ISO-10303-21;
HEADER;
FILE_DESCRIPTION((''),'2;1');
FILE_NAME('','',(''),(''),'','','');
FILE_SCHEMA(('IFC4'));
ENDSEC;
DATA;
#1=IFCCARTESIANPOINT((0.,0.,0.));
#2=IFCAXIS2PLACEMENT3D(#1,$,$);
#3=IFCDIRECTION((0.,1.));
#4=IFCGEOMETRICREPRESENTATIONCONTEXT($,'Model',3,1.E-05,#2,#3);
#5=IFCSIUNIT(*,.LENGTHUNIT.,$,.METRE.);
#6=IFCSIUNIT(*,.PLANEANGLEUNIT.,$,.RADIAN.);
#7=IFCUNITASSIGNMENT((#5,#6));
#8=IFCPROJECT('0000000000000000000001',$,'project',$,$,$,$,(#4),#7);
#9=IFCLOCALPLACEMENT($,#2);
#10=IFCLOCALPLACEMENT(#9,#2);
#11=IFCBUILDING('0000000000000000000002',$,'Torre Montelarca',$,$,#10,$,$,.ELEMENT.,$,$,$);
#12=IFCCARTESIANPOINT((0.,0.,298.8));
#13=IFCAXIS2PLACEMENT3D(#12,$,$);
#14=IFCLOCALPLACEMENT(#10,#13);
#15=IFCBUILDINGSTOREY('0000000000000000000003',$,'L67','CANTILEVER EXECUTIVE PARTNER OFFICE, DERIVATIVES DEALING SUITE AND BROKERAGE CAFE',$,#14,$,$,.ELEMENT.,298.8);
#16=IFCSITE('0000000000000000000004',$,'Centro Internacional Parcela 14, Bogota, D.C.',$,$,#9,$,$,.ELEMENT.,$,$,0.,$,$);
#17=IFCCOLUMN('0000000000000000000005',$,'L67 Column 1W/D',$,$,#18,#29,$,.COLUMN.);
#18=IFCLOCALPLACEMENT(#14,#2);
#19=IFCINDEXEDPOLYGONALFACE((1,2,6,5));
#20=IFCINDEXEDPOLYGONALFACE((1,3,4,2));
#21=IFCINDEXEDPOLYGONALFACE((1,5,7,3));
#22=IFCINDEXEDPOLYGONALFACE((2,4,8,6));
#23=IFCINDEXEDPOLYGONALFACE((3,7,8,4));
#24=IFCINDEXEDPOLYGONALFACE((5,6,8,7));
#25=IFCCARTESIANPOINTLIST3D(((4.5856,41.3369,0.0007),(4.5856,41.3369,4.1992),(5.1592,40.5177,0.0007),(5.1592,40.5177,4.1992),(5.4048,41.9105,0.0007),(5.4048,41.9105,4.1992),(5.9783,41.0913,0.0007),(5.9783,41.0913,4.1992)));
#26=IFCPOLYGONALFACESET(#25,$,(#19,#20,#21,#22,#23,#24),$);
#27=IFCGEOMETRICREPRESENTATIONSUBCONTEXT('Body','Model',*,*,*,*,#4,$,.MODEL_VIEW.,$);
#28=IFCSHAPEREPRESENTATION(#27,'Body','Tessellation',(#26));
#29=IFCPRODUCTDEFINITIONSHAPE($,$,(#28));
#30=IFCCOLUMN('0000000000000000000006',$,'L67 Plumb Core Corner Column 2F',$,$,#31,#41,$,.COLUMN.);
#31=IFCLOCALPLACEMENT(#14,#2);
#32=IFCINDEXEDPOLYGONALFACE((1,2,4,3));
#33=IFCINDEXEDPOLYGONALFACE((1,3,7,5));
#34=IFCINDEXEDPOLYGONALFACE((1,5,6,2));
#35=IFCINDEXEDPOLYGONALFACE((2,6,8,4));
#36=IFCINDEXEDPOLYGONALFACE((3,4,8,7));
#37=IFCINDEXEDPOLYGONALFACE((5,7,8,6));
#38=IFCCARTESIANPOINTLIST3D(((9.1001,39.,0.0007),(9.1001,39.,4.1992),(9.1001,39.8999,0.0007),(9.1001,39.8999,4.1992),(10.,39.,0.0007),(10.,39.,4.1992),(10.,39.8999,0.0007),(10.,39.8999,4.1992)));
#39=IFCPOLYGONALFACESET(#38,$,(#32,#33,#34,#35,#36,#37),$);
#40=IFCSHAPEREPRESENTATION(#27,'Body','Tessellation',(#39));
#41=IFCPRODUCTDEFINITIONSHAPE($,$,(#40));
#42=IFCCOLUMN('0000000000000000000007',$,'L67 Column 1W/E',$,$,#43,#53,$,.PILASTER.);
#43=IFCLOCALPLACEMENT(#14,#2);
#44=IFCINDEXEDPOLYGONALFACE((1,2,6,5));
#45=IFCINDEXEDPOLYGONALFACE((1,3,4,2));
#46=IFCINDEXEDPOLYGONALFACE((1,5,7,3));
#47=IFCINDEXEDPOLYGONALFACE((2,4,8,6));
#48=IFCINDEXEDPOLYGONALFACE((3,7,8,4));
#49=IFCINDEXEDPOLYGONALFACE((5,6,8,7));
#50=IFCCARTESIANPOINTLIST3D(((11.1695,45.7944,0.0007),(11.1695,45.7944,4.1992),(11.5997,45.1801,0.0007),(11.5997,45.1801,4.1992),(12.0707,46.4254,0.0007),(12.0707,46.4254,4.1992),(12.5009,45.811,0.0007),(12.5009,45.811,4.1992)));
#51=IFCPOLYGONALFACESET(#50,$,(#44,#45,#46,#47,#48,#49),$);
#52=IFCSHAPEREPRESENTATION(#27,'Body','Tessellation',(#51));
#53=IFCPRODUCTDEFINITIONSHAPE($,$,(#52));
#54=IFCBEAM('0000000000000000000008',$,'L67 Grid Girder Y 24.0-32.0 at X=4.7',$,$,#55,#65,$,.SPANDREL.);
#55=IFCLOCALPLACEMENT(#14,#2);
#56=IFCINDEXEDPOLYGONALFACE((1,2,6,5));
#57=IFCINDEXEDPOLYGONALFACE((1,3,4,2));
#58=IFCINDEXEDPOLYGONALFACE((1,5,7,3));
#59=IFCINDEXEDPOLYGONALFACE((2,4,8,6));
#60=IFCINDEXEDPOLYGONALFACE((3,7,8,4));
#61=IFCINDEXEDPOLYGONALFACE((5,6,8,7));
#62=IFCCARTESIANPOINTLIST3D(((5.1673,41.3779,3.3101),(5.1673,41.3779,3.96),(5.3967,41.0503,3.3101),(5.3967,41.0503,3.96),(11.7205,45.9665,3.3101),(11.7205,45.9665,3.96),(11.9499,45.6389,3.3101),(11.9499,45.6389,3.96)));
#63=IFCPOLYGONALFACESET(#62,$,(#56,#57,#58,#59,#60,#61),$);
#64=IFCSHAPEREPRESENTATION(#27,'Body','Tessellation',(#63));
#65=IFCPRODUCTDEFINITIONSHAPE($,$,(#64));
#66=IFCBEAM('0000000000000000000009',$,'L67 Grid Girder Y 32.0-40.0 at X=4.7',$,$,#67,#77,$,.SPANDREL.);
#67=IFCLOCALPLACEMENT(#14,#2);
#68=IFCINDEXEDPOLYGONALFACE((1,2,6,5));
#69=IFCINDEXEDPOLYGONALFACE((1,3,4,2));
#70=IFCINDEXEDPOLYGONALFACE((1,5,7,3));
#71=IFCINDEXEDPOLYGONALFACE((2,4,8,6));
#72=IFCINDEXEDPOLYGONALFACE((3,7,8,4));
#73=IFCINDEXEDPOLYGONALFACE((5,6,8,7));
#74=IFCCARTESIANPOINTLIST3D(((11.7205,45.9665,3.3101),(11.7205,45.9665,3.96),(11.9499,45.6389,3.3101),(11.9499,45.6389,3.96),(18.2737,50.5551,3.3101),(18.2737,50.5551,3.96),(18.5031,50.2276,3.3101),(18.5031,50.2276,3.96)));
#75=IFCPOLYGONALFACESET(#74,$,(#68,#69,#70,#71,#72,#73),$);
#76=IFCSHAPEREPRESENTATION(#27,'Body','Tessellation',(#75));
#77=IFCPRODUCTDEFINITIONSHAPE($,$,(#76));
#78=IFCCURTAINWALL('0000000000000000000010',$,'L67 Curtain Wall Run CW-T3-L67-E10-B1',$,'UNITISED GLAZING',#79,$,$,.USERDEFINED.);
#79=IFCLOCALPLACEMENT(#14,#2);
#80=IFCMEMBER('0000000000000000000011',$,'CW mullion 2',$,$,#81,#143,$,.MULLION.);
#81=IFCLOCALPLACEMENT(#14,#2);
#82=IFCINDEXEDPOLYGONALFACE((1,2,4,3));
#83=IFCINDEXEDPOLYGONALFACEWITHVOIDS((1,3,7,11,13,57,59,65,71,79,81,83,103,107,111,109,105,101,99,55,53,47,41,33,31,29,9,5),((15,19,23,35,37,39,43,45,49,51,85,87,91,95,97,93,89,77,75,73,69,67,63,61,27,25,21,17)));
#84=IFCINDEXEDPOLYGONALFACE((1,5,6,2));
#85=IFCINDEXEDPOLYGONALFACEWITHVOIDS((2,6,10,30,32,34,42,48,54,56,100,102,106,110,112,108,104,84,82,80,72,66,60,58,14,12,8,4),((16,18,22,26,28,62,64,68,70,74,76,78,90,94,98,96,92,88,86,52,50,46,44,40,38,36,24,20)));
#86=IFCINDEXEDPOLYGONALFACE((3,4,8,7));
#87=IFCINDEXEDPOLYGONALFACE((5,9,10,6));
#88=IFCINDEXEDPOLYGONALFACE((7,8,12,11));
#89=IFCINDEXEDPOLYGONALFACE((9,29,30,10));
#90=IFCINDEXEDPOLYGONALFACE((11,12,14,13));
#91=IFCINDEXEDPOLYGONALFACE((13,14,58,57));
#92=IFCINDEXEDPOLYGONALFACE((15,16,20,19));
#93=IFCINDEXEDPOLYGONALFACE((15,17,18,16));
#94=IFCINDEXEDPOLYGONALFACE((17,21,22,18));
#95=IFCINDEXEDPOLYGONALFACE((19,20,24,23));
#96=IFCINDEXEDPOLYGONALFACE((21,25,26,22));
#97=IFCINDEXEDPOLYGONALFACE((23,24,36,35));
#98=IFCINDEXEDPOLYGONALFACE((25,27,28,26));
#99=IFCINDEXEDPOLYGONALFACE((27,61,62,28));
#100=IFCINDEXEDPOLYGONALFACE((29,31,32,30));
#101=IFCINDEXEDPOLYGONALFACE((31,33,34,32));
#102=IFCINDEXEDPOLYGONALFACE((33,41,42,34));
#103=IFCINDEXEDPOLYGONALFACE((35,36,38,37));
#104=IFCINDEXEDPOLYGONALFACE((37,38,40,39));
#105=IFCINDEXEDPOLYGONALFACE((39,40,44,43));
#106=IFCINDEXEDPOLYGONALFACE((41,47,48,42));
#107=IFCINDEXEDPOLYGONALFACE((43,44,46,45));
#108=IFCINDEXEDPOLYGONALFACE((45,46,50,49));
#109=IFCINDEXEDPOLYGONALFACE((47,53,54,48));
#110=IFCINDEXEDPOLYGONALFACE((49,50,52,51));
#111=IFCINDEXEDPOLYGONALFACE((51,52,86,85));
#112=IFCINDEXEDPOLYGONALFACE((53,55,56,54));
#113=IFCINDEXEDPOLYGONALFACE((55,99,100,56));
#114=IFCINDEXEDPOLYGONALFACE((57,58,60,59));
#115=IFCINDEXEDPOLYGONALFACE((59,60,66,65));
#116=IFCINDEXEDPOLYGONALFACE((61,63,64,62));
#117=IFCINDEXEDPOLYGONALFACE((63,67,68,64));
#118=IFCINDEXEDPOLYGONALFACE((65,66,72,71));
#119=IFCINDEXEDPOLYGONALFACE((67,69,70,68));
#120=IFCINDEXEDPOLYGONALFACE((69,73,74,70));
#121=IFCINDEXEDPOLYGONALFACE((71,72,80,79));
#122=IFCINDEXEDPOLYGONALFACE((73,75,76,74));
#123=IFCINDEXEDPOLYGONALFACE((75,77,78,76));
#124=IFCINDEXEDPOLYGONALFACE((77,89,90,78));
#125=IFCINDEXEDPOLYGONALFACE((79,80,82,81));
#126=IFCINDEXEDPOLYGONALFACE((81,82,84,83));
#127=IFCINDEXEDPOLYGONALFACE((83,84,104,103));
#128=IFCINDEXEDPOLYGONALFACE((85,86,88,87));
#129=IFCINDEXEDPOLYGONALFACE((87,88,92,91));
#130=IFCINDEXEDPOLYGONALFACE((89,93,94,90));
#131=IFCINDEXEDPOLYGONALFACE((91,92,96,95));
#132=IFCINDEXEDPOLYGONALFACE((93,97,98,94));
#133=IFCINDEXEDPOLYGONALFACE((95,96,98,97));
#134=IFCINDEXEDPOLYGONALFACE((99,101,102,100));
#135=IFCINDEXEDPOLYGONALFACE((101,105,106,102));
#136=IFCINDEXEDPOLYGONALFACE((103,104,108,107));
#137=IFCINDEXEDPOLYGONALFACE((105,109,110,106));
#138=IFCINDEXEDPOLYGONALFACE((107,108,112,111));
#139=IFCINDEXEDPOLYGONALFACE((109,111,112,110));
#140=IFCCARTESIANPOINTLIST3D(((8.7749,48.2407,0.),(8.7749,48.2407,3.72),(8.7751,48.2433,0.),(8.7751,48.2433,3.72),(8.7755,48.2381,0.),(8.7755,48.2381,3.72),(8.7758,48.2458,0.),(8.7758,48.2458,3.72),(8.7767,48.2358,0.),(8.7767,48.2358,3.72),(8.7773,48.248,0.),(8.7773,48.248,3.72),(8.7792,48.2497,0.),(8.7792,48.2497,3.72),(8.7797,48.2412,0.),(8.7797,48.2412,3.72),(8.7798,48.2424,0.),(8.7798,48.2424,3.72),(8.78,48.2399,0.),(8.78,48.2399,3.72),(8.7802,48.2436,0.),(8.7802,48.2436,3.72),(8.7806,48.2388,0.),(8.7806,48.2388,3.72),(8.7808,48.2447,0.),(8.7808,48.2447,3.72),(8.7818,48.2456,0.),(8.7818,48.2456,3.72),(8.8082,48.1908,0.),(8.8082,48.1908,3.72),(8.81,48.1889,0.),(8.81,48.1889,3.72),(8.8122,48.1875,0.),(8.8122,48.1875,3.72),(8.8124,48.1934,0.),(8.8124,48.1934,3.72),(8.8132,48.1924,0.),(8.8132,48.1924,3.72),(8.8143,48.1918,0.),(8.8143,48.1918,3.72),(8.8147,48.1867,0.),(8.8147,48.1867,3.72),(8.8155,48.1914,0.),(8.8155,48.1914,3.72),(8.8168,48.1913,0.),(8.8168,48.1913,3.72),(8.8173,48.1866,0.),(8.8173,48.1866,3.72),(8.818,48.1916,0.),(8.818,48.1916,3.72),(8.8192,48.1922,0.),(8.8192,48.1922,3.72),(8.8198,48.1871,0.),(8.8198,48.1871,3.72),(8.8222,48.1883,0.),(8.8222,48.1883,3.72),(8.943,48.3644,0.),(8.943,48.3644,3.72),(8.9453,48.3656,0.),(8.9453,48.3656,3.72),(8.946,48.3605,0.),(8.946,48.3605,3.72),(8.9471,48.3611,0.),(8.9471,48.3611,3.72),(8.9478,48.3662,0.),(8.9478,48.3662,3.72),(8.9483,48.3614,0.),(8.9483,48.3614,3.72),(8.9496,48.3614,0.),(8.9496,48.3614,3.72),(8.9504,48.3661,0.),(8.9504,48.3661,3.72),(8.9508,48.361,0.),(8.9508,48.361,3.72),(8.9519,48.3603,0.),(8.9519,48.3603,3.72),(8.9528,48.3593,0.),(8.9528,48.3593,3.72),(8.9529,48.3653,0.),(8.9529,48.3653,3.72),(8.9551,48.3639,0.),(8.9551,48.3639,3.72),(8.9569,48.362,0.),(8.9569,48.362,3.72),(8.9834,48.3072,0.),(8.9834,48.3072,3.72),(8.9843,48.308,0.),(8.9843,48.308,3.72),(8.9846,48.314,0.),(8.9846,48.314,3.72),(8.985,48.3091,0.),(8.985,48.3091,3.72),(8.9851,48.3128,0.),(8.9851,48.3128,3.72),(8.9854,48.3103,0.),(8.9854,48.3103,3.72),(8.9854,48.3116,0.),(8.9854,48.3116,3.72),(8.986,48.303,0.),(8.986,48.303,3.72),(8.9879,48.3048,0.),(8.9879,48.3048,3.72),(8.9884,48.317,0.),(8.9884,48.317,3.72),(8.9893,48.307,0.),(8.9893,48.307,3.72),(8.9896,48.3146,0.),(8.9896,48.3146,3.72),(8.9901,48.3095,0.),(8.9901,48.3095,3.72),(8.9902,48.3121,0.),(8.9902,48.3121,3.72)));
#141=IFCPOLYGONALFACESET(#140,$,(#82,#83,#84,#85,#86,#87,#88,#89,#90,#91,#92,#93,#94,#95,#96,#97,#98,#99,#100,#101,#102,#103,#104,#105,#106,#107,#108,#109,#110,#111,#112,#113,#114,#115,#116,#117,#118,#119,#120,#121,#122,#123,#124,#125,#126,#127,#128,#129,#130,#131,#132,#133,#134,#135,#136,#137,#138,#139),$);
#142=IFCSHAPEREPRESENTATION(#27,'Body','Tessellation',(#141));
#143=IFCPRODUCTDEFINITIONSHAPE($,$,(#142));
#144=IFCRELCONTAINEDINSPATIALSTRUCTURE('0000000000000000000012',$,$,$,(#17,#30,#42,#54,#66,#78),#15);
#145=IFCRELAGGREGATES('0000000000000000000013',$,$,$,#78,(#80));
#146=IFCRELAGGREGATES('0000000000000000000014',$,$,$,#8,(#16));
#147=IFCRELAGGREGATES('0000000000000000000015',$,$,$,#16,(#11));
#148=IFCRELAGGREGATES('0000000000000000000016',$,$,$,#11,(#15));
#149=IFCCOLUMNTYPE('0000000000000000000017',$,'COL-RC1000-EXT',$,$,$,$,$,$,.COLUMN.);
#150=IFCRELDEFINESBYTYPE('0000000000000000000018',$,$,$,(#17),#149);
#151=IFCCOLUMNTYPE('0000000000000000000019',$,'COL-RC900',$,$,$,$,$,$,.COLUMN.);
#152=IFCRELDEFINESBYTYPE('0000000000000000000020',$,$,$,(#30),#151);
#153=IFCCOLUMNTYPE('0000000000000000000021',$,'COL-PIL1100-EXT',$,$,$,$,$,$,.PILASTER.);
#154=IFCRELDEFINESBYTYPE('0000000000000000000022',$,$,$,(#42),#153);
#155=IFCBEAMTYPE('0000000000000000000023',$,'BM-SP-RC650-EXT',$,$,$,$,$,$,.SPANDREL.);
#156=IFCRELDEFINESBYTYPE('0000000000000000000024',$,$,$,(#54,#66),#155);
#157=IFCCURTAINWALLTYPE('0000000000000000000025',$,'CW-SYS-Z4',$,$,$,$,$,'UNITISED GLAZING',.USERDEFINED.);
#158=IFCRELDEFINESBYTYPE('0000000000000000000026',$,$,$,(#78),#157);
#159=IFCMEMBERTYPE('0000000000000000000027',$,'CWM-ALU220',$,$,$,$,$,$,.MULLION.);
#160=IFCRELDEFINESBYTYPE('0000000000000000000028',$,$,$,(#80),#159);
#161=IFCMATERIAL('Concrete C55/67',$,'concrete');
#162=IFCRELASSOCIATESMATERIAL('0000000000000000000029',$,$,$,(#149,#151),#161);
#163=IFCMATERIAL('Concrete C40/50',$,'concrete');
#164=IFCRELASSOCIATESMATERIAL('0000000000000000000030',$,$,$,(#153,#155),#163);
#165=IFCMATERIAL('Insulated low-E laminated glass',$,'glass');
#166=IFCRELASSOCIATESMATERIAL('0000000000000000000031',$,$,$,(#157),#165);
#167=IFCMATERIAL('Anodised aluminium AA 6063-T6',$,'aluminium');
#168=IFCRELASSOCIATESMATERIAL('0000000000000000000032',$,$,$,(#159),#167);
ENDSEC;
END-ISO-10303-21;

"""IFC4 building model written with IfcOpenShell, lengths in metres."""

from ifc_helpers import new_model, si_unit, direction, frame, origin, origin_2d, place, context, subcontext, project, spatial, rectangle, hollow_rectangle, extrude, source, transform, mapped, material, material_profile, profile_set, type_object, element, aggregate, save


model = new_model("IFC4")

# Units and contexts
model_context = context("Model", 3, precision=1e-05, world=origin(), true_north=direction((0.0, 1.0)))
body_context = subcontext(model_context, "Body", "Model", "MODEL_VIEW")
ifc_project = project(units=[si_unit("LENGTHUNIT", "METRE"), si_unit("PLANEANGLEUNIT", "RADIAN")], contexts=[model_context])

# Site, building, storey
site_placement = place(None, origin())
site = spatial("IfcSite", under=ifc_project, at=site_placement, Name="Centro Internacional Parcela 14, Bogota, D.C.", CompositionType="ELEMENT", RefElevation=0.0)
building_placement = place(site_placement, origin())
building = spatial("IfcBuilding", under=site, at=building_placement, Name="Torre Montelarca", CompositionType="ELEMENT")
storey_placement = place(building_placement, frame((0.0, 0.0, 298.8)))
storey = spatial("IfcBuildingStorey", under=building, at=storey_placement, Name="L67", Description="CANTILEVER EXECUTIVE PARTNER OFFICE, DERIVATIVES DEALING SUITE AND BROKERAGE CAFE", CompositionType="ELEMENT", Elevation=298.8)

# Columns
ifc_material_1 = material(Name="Concrete C55/67", Category="concrete")
ifc_material_profile_1 = material_profile(ifc_material_1, rectangle(XDim=1.0, YDim=1.0, at=origin_2d()), Name="RC1000X1000", Category="concrete")
ifc_profile_set_1 = profile_set([ifc_material_profile_1], Name="Concrete C55/67")
column_type_1 = type_object("IfcColumnType", Name="COL-RC1000-EXT", PredefinedType="COLUMN", material=ifc_profile_set_1)
shared_shape_1 = source(origin(), body_context, "Body", "SweptSolid", [
    extrude(rectangle(XDim=1.0, YDim=1.0, at=origin_2d()), origin(), (0.0, 0.0, 1.0), 4.1985),
])
column_1_placement = place(storey_placement, frame((5.282, 41.2141, 0.0007), z_axis=(0.0, 0.0, 1.0), x_axis=(-0.573576, 0.819152, 0.0)))
element("IfcColumn", 1, at=column_1_placement, inside=storey, type_object=column_type_1, Name="L67 Column 1W/D", PredefinedType="COLUMN", context=body_context, shape_type="MappedRepresentation", body=[
    mapped(shared_shape_1, transform((0.0, 0.0, 0.0), scale=1.0)),
])
ifc_material_profile_2 = material_profile(ifc_material_1, rectangle(XDim=0.8999, YDim=0.8999, at=origin_2d()), Name="RC900X900", Category="concrete")
ifc_profile_set_2 = profile_set([ifc_material_profile_2], Name="Concrete C55/67")
column_type_2 = type_object("IfcColumnType", Name="COL-RC900", PredefinedType="COLUMN", material=ifc_profile_set_2)
shared_shape_2 = source(origin(), body_context, "Body", "SweptSolid", [
    extrude(rectangle(XDim=0.8999, YDim=0.8999, at=origin_2d()), origin(), (0.0, 0.0, 1.0), 4.1985),
])
column_2_placement = place(storey_placement, frame((9.55, 39.45, 0.0007), z_axis=(0.0, 0.0, 1.0), x_axis=(1.0, 0.0, 0.0)))
element("IfcColumn", 2, at=column_2_placement, inside=storey, type_object=column_type_2, Name="L67 Plumb Core Corner Column 2F", PredefinedType="COLUMN", context=body_context, shape_type="MappedRepresentation", body=[
    mapped(shared_shape_2, transform((0.0, 0.0, 0.0), scale=1.0)),
])
ifc_material_2 = material(Name="Concrete C40/50", Category="concrete")
ifc_material_profile_3 = material_profile(ifc_material_2, rectangle(XDim=0.75, YDim=1.1001, at=origin_2d()), Name="RC1100X750", Category="concrete")
ifc_profile_set_3 = profile_set([ifc_material_profile_3], Name="Concrete C40/50")
column_type_3 = type_object("IfcColumnType", Name="COL-PIL1100-EXT", PredefinedType="PILASTER", material=ifc_profile_set_3)
shared_shape_3 = source(origin(), body_context, "Body", "SweptSolid", [
    extrude(rectangle(XDim=0.75, YDim=1.1001, at=origin_2d()), origin(), (0.0, 0.0, 1.0), 4.1985),
])
column_3_placement = place(storey_placement, frame((11.8352, 45.8027, 0.0007), z_axis=(0.0, 0.0, 1.0), x_axis=(-0.573576, 0.819152, 0.0)))
element("IfcColumn", 3, at=column_3_placement, inside=storey, type_object=column_type_3, Name="L67 Column 1W/E", PredefinedType="PILASTER", context=body_context, shape_type="MappedRepresentation", body=[
    mapped(shared_shape_3, transform((0.0, 0.0, 0.0), scale=1.0)),
])

# Beams
ifc_material_profile_4 = material_profile(ifc_material_2, rectangle(XDim=0.3999, YDim=0.6499, at=origin_2d()), Name="RCB400X650", Category="concrete")
ifc_profile_set_4 = profile_set([ifc_material_profile_4], Name="Concrete C40/50")
beam_type = type_object("IfcBeamType", Name="BM-SP-RC650-EXT", PredefinedType="SPANDREL", material=ifc_profile_set_4)
shared_shape_4 = source(origin(), body_context, "Body", "SweptSolid", [
    extrude(rectangle(XDim=0.3999, YDim=0.6499, at=origin_2d()), origin(), (0.0, 0.0, 1.0), 8.0),
])
for number, where, z_axis, x_axis, name in (
    (4, (5.282, 41.2141, 3.635), (0.819152, 0.573577, 0.0), (-0.573577, 0.819152, 0.0), "L67 Grid Girder Y 24.0-32.0 at X=4.7"),
    (5, (11.8352, 45.8027, 3.635), (0.819152, 0.573577, 0.0), (-0.573577, 0.819152, 0.0), "L67 Grid Girder Y 32.0-40.0 at X=4.7"),
):
    element("IfcBeam", number, at=place(storey_placement, frame(where, z_axis=z_axis, x_axis=x_axis)), inside=storey, type_object=beam_type, Name=name, PredefinedType="SPANDREL", context=body_context, shape_type="MappedRepresentation", body=[
        mapped(shared_shape_4, transform((0.0, 0.0, 0.0), scale=1.0)),
    ])

# Curtain wall, member
ifc_material_3 = material(Name="Insulated low-E laminated glass", Category="glass")
curtain_wall_type = type_object("IfcCurtainWallType", Name="CW-SYS-Z4", ElementType="UNITISED GLAZING", PredefinedType="USERDEFINED", material=ifc_material_3)
curtain_wall_1_placement = place(storey_placement, origin())
curtain_wall_1 = element("IfcCurtainWall", 6, at=curtain_wall_1_placement, inside=storey, type_object=curtain_wall_type, Name="L67 Curtain Wall Run CW-T3-L67-E10-B1", ObjectType="UNITISED GLAZING", PredefinedType="USERDEFINED")
ifc_material_4 = material(Name="Anodised aluminium AA 6063-T6", Category="aluminium")
ifc_material_profile_5 = material_profile(ifc_material_4, hollow_rectangle(XDim=0.075, YDim=0.22, WallThickness=0.0049, InnerFilletRadius=0.0049, OuterFilletRadius=0.01, at=origin_2d()), Name="ALU75X220X5", Category="aluminium")
ifc_profile_set_5 = profile_set([ifc_material_profile_5], Name="Anodised aluminium AA 6063-T6")
member_type_1 = type_object("IfcMemberType", Name="CWM-ALU220", PredefinedType="MULLION", material=ifc_profile_set_5)
shared_shape_5 = source(origin(), body_context, "Body", "SweptSolid", [
    extrude(hollow_rectangle(XDim=0.075, YDim=0.22, WallThickness=0.0049, InnerFilletRadius=0.0049, OuterFilletRadius=0.01, at=origin_2d()), origin(), (0.0, 0.0, 1.0), 3.72),
])
member_1_placement = place(storey_placement, frame((8.8826, 48.2764, 0.0), z_axis=(0.0, 0.0, 1.0), x_axis=(0.573572, -0.819155, 0.0)))
member_1 = element("IfcMember", 7, at=member_1_placement, type_object=member_type_1, Name="CW mullion 2", PredefinedType="MULLION", context=body_context, shape_type="MappedRepresentation", body=[
    mapped(shared_shape_5, transform((0.0, 0.0, 0.0), scale=1.0)),
])

aggregate(curtain_wall_1, [member_1])

save(model, "model.ifc")
